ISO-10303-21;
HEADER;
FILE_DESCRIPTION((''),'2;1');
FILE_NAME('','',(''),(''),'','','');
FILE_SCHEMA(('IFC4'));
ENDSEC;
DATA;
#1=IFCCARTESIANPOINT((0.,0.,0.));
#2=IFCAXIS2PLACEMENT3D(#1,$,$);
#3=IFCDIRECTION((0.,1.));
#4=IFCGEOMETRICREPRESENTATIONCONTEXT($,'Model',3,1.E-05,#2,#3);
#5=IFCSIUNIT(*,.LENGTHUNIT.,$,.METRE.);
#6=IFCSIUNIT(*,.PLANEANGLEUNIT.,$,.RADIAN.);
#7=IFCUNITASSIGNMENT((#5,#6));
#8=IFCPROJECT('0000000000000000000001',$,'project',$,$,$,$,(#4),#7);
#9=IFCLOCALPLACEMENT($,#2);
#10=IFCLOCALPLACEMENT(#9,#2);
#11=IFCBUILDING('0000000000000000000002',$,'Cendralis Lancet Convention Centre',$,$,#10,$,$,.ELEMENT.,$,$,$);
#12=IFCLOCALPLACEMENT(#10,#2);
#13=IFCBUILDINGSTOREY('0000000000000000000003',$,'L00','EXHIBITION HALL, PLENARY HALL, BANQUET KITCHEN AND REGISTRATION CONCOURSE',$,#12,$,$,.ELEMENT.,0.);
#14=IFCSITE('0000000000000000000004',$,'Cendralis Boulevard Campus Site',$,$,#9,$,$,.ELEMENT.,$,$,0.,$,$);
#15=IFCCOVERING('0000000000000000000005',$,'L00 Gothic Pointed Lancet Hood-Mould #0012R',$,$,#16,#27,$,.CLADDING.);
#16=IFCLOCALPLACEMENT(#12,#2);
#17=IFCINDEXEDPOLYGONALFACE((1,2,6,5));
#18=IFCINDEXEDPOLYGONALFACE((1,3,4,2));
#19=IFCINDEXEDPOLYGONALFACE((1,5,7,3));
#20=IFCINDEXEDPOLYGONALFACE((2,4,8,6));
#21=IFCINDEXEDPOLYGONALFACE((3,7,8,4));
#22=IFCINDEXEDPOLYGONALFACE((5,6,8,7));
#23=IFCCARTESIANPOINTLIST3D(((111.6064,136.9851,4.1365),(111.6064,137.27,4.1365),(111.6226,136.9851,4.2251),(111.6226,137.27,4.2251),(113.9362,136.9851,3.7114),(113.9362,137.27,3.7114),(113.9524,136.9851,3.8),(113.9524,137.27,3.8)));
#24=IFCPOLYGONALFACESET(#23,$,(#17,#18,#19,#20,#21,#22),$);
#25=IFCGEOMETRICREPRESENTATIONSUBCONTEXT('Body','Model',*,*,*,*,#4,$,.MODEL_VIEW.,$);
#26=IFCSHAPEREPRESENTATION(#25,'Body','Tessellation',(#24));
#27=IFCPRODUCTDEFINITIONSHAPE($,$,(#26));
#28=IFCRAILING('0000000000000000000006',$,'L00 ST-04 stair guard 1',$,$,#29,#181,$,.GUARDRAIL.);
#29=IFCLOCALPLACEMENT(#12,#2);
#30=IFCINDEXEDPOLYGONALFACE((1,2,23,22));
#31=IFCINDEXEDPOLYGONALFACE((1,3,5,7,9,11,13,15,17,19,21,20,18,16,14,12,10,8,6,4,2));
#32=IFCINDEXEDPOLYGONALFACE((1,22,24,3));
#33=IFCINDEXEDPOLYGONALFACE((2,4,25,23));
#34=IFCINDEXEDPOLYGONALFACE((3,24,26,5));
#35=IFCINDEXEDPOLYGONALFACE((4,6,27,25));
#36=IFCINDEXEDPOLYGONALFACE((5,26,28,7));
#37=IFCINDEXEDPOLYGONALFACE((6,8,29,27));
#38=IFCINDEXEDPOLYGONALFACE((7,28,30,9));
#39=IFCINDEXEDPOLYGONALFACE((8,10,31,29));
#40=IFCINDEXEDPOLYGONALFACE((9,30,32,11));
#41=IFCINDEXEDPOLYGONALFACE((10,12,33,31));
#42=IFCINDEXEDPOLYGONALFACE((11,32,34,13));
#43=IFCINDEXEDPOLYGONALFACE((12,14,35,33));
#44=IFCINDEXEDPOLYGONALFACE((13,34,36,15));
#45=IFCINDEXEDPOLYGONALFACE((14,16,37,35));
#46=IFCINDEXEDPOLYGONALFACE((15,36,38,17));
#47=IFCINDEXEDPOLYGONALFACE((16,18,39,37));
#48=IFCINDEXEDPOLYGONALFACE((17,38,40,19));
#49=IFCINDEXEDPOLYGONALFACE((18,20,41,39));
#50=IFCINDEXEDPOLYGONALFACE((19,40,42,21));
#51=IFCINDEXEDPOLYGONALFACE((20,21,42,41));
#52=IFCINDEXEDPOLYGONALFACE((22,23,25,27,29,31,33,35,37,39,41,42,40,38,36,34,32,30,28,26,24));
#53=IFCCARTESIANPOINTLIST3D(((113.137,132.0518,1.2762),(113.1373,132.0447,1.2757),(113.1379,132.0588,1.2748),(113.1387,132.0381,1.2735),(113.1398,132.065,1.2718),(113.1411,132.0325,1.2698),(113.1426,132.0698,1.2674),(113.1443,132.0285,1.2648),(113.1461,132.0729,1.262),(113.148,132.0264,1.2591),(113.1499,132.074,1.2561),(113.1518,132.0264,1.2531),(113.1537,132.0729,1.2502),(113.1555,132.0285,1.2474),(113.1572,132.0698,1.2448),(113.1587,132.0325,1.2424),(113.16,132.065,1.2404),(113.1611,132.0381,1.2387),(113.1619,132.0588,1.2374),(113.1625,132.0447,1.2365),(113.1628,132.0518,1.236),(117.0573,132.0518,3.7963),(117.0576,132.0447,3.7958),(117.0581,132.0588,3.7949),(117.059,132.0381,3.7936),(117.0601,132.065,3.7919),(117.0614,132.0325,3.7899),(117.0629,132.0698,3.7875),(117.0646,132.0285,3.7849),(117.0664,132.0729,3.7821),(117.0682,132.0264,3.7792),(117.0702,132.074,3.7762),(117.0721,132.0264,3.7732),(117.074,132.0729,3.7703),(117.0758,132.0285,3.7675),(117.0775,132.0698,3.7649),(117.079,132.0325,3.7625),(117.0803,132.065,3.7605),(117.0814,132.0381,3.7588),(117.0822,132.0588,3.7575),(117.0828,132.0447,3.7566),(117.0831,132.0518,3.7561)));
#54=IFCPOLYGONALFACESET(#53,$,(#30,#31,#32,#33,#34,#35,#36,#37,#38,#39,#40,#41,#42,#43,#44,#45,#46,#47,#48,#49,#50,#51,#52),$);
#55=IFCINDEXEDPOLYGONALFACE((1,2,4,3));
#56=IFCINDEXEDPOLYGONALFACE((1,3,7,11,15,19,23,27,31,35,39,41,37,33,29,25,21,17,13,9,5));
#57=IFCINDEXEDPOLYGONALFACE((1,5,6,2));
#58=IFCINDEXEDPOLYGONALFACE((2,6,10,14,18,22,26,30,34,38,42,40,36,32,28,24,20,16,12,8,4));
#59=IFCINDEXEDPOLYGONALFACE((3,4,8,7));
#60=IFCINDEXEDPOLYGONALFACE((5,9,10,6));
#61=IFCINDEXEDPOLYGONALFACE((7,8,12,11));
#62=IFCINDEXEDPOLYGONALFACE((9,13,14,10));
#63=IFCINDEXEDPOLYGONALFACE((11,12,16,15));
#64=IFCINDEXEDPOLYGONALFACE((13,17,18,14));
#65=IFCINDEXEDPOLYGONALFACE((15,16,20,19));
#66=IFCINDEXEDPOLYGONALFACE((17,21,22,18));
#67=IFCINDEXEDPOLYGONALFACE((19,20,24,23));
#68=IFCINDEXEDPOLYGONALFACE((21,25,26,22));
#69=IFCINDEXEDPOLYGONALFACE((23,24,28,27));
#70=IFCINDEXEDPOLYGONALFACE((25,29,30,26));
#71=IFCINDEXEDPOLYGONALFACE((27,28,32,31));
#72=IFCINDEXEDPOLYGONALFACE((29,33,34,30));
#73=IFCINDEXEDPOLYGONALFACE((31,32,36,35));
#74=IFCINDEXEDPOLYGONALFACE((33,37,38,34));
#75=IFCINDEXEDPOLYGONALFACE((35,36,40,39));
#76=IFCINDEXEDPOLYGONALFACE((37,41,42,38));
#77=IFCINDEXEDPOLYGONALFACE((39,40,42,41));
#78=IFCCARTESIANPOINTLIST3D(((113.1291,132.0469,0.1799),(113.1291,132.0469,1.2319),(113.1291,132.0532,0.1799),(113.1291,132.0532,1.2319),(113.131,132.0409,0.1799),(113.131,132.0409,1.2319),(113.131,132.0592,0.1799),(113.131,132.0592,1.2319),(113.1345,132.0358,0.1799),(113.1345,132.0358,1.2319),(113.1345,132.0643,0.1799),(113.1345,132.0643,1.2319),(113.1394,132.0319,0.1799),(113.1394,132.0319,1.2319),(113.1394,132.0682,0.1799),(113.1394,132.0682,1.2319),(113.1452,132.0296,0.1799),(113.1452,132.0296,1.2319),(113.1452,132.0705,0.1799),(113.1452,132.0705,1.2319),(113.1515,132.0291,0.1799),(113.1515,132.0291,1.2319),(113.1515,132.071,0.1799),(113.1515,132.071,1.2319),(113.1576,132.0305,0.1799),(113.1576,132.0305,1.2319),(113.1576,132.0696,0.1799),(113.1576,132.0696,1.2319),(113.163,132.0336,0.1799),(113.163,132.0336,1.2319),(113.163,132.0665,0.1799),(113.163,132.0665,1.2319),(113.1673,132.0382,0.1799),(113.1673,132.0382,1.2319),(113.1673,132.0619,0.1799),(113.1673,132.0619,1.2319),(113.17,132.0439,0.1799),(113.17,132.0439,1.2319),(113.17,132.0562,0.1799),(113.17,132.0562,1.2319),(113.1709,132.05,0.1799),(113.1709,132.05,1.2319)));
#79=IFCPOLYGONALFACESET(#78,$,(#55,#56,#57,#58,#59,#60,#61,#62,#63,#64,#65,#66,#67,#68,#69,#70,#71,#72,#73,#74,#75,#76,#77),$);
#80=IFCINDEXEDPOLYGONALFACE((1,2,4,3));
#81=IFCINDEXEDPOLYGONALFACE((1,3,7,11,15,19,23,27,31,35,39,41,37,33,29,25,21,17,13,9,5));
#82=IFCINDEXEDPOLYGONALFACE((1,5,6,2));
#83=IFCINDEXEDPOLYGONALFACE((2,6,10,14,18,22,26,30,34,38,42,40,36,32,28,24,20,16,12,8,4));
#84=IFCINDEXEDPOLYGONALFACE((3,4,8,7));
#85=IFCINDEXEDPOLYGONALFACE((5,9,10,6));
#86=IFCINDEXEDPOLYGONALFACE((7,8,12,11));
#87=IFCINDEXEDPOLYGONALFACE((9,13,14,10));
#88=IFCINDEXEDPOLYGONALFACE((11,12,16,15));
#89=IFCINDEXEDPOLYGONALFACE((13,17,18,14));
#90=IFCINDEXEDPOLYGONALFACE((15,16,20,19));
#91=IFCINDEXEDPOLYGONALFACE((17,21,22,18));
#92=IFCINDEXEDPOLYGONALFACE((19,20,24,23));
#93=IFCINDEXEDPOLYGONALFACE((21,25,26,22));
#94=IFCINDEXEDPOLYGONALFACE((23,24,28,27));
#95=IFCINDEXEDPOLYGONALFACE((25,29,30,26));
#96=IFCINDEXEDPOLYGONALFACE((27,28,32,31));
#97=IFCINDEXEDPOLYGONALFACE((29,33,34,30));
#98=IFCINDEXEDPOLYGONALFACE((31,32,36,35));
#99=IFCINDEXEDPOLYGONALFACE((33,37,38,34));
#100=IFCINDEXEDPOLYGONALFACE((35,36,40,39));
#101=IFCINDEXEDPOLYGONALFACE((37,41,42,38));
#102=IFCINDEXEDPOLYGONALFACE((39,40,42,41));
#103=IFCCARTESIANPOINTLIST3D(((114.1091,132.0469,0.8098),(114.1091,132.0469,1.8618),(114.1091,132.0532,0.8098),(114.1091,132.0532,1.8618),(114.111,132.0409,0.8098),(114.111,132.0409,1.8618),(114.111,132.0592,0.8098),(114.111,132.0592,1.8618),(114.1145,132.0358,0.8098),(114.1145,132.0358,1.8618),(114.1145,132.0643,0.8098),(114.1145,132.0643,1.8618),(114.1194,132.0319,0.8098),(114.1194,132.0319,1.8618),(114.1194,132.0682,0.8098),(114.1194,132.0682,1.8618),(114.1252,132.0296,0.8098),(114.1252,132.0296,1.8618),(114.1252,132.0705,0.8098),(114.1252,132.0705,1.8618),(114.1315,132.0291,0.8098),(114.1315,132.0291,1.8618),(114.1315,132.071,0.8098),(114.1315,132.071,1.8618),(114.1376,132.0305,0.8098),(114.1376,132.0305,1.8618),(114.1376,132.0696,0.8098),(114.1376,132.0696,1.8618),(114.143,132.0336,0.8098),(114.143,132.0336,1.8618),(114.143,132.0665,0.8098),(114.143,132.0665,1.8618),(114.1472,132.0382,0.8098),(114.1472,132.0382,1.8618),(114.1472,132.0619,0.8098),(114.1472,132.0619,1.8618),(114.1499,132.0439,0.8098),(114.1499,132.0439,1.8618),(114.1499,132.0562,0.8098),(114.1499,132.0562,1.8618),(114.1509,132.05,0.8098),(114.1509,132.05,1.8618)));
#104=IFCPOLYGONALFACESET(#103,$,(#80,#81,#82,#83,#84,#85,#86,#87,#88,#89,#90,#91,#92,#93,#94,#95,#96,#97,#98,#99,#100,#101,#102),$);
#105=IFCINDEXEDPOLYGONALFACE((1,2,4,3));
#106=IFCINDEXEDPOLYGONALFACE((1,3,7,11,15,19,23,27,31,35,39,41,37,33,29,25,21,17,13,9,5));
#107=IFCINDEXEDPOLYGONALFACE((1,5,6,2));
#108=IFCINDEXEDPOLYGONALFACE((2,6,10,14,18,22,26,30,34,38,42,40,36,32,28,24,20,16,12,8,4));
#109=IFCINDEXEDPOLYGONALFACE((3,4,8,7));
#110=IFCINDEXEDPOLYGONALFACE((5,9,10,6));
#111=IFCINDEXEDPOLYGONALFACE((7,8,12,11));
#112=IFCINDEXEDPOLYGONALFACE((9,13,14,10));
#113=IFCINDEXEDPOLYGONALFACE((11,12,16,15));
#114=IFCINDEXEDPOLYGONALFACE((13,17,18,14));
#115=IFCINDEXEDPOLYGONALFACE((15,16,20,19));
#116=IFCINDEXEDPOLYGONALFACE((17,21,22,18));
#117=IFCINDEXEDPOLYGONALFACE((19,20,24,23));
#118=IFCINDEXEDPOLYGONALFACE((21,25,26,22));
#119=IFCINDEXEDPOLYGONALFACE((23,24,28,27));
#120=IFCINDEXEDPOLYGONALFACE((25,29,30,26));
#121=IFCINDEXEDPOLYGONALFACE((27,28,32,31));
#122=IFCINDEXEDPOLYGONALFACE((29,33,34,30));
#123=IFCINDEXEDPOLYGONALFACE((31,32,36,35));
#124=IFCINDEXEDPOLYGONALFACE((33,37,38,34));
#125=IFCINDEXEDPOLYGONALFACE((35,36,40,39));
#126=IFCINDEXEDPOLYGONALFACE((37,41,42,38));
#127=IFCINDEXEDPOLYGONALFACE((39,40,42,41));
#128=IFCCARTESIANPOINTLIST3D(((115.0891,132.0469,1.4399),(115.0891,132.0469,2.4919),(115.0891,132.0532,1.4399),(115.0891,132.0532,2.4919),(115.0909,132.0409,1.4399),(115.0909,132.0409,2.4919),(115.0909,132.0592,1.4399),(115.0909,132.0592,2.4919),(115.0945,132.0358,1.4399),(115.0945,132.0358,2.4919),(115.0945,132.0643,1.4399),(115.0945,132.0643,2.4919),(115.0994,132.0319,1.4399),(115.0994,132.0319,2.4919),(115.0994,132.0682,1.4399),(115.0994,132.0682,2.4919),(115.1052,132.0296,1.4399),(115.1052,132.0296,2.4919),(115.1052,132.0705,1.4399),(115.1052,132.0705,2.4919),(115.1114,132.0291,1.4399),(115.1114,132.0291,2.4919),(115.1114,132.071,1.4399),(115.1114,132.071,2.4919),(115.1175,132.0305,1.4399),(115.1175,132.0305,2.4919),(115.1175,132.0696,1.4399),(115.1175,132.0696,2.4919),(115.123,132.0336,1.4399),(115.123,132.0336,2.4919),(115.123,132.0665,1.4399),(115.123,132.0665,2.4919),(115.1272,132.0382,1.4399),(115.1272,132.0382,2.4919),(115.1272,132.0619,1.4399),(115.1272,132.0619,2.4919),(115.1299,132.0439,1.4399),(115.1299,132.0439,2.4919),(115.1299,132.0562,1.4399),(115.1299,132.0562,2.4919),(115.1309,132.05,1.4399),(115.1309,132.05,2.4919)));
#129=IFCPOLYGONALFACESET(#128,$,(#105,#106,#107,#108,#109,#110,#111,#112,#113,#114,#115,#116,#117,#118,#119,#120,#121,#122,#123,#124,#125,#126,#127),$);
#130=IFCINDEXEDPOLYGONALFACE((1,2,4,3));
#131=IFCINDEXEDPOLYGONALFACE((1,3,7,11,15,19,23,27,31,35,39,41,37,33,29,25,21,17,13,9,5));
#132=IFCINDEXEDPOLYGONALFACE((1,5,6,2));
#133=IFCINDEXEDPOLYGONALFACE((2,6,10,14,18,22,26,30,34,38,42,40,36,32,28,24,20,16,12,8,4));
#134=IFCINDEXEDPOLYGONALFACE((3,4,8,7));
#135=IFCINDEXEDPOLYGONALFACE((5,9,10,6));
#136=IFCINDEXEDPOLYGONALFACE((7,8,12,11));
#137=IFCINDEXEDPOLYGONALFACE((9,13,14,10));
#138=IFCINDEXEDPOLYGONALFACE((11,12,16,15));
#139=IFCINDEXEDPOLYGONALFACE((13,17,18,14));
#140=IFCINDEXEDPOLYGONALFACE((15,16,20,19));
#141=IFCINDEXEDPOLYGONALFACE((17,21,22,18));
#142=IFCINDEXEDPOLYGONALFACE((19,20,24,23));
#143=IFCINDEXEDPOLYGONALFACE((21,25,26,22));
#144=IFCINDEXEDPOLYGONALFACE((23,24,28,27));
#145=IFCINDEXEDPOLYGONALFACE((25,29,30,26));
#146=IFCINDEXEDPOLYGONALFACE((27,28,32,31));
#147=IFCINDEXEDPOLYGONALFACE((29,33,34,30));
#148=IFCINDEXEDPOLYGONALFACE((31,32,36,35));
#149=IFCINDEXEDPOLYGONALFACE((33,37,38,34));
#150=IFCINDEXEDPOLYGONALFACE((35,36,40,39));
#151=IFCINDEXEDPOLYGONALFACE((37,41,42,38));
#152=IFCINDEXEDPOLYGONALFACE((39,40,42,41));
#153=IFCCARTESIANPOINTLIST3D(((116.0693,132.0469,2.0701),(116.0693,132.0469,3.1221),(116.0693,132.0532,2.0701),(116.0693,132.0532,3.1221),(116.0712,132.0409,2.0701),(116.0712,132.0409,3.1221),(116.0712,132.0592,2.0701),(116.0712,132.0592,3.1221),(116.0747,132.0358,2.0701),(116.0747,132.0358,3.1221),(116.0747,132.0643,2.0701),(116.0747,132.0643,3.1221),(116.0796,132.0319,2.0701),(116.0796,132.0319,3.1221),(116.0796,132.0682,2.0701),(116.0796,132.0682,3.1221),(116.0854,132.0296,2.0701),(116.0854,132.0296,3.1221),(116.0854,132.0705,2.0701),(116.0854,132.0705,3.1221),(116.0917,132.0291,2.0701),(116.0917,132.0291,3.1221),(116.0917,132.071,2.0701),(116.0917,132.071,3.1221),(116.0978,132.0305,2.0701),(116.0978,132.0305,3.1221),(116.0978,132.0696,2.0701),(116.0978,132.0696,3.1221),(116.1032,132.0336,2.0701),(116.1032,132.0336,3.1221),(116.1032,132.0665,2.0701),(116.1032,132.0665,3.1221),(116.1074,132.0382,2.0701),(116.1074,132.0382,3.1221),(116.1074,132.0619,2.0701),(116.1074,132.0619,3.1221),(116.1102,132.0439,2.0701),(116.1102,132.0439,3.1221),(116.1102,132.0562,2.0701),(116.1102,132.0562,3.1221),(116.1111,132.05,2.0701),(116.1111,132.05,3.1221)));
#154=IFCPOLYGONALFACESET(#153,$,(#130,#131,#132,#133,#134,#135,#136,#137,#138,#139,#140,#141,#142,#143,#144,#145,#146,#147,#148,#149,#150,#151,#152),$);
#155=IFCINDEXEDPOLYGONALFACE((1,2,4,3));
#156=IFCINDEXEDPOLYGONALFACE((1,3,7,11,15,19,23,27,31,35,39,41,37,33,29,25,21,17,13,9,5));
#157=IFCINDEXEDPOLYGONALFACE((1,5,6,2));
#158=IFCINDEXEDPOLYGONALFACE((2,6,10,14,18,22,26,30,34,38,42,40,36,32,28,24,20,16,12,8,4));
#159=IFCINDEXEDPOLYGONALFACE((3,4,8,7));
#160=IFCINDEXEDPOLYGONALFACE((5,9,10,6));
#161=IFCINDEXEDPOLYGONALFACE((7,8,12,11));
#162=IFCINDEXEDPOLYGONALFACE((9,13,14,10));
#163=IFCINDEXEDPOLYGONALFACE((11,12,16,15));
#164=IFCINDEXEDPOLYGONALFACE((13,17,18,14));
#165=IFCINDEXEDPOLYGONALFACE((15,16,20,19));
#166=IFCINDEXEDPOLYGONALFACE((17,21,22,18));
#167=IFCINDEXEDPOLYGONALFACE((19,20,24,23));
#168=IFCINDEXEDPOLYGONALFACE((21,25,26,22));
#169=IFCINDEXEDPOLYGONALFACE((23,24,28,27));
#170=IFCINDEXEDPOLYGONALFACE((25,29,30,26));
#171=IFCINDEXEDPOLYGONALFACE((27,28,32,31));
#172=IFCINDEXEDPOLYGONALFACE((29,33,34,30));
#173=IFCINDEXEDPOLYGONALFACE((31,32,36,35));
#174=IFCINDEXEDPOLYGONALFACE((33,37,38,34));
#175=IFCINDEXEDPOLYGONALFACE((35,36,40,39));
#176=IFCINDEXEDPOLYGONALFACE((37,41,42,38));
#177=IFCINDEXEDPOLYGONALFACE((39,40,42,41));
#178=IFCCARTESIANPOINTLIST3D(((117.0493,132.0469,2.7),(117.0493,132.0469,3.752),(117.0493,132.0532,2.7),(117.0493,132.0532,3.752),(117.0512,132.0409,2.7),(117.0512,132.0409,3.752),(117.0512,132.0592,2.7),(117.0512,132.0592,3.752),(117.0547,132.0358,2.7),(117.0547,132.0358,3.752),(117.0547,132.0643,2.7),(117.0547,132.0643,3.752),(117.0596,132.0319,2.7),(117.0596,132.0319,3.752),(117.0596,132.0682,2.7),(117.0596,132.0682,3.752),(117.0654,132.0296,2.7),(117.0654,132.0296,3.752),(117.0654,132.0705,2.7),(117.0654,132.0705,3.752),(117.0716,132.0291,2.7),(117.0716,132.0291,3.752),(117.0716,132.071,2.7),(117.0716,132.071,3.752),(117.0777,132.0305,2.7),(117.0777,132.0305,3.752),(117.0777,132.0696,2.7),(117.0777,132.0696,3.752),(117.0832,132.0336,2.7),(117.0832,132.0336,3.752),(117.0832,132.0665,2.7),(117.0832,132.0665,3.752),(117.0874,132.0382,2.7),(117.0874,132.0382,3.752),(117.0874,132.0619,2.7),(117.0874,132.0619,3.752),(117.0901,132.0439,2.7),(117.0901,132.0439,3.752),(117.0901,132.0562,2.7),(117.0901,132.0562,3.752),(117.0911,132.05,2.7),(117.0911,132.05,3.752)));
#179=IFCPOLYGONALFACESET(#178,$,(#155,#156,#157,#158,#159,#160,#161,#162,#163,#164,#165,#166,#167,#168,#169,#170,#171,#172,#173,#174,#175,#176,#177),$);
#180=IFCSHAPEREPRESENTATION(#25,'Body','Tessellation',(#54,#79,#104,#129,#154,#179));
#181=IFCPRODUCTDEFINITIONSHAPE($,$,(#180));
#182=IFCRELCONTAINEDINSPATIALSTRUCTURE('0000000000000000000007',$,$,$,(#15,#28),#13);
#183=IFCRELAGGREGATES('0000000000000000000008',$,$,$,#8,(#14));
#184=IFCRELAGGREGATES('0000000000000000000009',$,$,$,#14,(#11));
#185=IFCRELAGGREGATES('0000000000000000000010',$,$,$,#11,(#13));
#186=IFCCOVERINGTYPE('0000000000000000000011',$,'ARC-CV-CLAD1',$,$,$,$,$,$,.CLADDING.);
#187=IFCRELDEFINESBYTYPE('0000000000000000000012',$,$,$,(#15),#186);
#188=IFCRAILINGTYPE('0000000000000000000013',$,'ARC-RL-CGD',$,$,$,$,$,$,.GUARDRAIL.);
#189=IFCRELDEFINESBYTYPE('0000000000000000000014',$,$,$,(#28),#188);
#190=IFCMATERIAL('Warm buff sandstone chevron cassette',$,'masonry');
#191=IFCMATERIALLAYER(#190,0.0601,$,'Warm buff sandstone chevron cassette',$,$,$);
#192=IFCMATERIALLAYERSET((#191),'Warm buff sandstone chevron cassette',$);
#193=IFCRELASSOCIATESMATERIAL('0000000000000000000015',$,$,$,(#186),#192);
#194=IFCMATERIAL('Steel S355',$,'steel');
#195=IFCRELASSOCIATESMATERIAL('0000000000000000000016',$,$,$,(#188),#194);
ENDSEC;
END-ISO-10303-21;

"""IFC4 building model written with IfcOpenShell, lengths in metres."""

from ifc_helpers import new_model, si_unit, direction, frame, origin, origin_2d, place, context, subcontext, project, spatial, polyline, circle, outline, extrude, material, layer, layer_set, type_object, element, save


model = new_model("IFC4")

# Units and contexts
model_context = context("Model", 3, precision=1e-05, world=origin(), true_north=direction((0.0, 1.0)))
body_context = subcontext(model_context, "Body", "Model", "MODEL_VIEW")
ifc_project = project(units=[si_unit("LENGTHUNIT", "METRE"), si_unit("PLANEANGLEUNIT", "RADIAN")], contexts=[model_context])

# Site, building, storey
site_placement = place(None, origin())
site = spatial("IfcSite", under=ifc_project, at=site_placement, Name="Cendralis Boulevard Campus Site", CompositionType="ELEMENT", RefElevation=0.0)
building_placement = place(site_placement, origin())
building = spatial("IfcBuilding", under=site, at=building_placement, Name="Cendralis Lancet Convention Centre", CompositionType="ELEMENT")
storey_placement = place(building_placement, origin())
storey = spatial("IfcBuildingStorey", under=building, at=storey_placement, Name="L00", Description="EXHIBITION HALL, PLENARY HALL, BANQUET KITCHEN AND REGISTRATION CONCOURSE", CompositionType="ELEMENT", Elevation=0.0)

# Shared definitions
ifc_material_1 = material(Name="Steel S355", Category="steel")

# Covering
ifc_material_2 = material(Name="Warm buff sandstone chevron cassette", Category="masonry")
ifc_layer_1 = layer(ifc_material_2, 0.0601, Name="Warm buff sandstone chevron cassette")
ifc_layer_set_1 = layer_set([ifc_layer_1], Name="Warm buff sandstone chevron cassette")
covering_type = type_object("IfcCoveringType", Name="ARC-CV-CLAD1", PredefinedType="CLADDING", material=ifc_layer_set_1)
covering_placement = place(storey_placement, frame((111.6226, 137.27, 4.2251), z_axis=(0.179475, 0.0, 0.983763), x_axis=(0.0, -1.0, 0.0)))
element("IfcCovering", 1, at=covering_placement, inside=storey, type_object=covering_type, Name="L00 Gothic Pointed Lancet Hood-Mould #0012R", PredefinedType="CLADDING", context=body_context, shape_type="SweptSolid", body=[
    extrude(outline(polyline([(0.0, 0.0), (0.2849, 0.0), (0.2849, 2.3683), (0.0, 2.3683), (0.0, 0.0)])), origin(), (0.0, 0.0, -1.0), 0.0901),
])

# Railing
railing_type_1 = type_object("IfcRailingType", Name="ARC-RL-CGD", PredefinedType="GUARDRAIL", material=ifc_material_1)
railing_1_placement = place(storey_placement, frame((113.1499, 132.05, 0.1799)))
element("IfcRailing", 2, at=railing_1_placement, inside=storey, type_object=railing_type_1, Name="L00 ST-04 stair guard 1", PredefinedType="GUARDRAIL", context=body_context, shape_type="SweptSolid", body=[
    extrude(circle(Radius=0.0239, at=origin_2d()), frame((0.0, 0.0, 1.0762), z_axis=(0.841187, 0.0, 0.540744), x_axis=(0.0, 1.0, 0.0)), (0.0, 0.0, 1.0), 4.6604),
    extrude(circle(Radius=0.021, at=origin_2d()), origin(), (0.0, 0.0, 1.0), 1.052),
    extrude(circle(Radius=0.021, at=origin_2d()), frame((0.98, 0.0, 0.6299)), (0.0, 0.0, 1.0), 1.052),
    extrude(circle(Radius=0.021, at=origin_2d()), frame((1.96, 0.0, 1.26)), (0.0, 0.0, 1.0), 1.052),
    extrude(circle(Radius=0.021, at=origin_2d()), frame((2.9402, 0.0, 1.8901)), (0.0, 0.0, 1.0), 1.052),
    extrude(circle(Radius=0.021, at=origin_2d()), frame((3.9202, 0.0, 2.52)), (0.0, 0.0, 1.0), 1.052),
])

save(model, "model.ifc")
